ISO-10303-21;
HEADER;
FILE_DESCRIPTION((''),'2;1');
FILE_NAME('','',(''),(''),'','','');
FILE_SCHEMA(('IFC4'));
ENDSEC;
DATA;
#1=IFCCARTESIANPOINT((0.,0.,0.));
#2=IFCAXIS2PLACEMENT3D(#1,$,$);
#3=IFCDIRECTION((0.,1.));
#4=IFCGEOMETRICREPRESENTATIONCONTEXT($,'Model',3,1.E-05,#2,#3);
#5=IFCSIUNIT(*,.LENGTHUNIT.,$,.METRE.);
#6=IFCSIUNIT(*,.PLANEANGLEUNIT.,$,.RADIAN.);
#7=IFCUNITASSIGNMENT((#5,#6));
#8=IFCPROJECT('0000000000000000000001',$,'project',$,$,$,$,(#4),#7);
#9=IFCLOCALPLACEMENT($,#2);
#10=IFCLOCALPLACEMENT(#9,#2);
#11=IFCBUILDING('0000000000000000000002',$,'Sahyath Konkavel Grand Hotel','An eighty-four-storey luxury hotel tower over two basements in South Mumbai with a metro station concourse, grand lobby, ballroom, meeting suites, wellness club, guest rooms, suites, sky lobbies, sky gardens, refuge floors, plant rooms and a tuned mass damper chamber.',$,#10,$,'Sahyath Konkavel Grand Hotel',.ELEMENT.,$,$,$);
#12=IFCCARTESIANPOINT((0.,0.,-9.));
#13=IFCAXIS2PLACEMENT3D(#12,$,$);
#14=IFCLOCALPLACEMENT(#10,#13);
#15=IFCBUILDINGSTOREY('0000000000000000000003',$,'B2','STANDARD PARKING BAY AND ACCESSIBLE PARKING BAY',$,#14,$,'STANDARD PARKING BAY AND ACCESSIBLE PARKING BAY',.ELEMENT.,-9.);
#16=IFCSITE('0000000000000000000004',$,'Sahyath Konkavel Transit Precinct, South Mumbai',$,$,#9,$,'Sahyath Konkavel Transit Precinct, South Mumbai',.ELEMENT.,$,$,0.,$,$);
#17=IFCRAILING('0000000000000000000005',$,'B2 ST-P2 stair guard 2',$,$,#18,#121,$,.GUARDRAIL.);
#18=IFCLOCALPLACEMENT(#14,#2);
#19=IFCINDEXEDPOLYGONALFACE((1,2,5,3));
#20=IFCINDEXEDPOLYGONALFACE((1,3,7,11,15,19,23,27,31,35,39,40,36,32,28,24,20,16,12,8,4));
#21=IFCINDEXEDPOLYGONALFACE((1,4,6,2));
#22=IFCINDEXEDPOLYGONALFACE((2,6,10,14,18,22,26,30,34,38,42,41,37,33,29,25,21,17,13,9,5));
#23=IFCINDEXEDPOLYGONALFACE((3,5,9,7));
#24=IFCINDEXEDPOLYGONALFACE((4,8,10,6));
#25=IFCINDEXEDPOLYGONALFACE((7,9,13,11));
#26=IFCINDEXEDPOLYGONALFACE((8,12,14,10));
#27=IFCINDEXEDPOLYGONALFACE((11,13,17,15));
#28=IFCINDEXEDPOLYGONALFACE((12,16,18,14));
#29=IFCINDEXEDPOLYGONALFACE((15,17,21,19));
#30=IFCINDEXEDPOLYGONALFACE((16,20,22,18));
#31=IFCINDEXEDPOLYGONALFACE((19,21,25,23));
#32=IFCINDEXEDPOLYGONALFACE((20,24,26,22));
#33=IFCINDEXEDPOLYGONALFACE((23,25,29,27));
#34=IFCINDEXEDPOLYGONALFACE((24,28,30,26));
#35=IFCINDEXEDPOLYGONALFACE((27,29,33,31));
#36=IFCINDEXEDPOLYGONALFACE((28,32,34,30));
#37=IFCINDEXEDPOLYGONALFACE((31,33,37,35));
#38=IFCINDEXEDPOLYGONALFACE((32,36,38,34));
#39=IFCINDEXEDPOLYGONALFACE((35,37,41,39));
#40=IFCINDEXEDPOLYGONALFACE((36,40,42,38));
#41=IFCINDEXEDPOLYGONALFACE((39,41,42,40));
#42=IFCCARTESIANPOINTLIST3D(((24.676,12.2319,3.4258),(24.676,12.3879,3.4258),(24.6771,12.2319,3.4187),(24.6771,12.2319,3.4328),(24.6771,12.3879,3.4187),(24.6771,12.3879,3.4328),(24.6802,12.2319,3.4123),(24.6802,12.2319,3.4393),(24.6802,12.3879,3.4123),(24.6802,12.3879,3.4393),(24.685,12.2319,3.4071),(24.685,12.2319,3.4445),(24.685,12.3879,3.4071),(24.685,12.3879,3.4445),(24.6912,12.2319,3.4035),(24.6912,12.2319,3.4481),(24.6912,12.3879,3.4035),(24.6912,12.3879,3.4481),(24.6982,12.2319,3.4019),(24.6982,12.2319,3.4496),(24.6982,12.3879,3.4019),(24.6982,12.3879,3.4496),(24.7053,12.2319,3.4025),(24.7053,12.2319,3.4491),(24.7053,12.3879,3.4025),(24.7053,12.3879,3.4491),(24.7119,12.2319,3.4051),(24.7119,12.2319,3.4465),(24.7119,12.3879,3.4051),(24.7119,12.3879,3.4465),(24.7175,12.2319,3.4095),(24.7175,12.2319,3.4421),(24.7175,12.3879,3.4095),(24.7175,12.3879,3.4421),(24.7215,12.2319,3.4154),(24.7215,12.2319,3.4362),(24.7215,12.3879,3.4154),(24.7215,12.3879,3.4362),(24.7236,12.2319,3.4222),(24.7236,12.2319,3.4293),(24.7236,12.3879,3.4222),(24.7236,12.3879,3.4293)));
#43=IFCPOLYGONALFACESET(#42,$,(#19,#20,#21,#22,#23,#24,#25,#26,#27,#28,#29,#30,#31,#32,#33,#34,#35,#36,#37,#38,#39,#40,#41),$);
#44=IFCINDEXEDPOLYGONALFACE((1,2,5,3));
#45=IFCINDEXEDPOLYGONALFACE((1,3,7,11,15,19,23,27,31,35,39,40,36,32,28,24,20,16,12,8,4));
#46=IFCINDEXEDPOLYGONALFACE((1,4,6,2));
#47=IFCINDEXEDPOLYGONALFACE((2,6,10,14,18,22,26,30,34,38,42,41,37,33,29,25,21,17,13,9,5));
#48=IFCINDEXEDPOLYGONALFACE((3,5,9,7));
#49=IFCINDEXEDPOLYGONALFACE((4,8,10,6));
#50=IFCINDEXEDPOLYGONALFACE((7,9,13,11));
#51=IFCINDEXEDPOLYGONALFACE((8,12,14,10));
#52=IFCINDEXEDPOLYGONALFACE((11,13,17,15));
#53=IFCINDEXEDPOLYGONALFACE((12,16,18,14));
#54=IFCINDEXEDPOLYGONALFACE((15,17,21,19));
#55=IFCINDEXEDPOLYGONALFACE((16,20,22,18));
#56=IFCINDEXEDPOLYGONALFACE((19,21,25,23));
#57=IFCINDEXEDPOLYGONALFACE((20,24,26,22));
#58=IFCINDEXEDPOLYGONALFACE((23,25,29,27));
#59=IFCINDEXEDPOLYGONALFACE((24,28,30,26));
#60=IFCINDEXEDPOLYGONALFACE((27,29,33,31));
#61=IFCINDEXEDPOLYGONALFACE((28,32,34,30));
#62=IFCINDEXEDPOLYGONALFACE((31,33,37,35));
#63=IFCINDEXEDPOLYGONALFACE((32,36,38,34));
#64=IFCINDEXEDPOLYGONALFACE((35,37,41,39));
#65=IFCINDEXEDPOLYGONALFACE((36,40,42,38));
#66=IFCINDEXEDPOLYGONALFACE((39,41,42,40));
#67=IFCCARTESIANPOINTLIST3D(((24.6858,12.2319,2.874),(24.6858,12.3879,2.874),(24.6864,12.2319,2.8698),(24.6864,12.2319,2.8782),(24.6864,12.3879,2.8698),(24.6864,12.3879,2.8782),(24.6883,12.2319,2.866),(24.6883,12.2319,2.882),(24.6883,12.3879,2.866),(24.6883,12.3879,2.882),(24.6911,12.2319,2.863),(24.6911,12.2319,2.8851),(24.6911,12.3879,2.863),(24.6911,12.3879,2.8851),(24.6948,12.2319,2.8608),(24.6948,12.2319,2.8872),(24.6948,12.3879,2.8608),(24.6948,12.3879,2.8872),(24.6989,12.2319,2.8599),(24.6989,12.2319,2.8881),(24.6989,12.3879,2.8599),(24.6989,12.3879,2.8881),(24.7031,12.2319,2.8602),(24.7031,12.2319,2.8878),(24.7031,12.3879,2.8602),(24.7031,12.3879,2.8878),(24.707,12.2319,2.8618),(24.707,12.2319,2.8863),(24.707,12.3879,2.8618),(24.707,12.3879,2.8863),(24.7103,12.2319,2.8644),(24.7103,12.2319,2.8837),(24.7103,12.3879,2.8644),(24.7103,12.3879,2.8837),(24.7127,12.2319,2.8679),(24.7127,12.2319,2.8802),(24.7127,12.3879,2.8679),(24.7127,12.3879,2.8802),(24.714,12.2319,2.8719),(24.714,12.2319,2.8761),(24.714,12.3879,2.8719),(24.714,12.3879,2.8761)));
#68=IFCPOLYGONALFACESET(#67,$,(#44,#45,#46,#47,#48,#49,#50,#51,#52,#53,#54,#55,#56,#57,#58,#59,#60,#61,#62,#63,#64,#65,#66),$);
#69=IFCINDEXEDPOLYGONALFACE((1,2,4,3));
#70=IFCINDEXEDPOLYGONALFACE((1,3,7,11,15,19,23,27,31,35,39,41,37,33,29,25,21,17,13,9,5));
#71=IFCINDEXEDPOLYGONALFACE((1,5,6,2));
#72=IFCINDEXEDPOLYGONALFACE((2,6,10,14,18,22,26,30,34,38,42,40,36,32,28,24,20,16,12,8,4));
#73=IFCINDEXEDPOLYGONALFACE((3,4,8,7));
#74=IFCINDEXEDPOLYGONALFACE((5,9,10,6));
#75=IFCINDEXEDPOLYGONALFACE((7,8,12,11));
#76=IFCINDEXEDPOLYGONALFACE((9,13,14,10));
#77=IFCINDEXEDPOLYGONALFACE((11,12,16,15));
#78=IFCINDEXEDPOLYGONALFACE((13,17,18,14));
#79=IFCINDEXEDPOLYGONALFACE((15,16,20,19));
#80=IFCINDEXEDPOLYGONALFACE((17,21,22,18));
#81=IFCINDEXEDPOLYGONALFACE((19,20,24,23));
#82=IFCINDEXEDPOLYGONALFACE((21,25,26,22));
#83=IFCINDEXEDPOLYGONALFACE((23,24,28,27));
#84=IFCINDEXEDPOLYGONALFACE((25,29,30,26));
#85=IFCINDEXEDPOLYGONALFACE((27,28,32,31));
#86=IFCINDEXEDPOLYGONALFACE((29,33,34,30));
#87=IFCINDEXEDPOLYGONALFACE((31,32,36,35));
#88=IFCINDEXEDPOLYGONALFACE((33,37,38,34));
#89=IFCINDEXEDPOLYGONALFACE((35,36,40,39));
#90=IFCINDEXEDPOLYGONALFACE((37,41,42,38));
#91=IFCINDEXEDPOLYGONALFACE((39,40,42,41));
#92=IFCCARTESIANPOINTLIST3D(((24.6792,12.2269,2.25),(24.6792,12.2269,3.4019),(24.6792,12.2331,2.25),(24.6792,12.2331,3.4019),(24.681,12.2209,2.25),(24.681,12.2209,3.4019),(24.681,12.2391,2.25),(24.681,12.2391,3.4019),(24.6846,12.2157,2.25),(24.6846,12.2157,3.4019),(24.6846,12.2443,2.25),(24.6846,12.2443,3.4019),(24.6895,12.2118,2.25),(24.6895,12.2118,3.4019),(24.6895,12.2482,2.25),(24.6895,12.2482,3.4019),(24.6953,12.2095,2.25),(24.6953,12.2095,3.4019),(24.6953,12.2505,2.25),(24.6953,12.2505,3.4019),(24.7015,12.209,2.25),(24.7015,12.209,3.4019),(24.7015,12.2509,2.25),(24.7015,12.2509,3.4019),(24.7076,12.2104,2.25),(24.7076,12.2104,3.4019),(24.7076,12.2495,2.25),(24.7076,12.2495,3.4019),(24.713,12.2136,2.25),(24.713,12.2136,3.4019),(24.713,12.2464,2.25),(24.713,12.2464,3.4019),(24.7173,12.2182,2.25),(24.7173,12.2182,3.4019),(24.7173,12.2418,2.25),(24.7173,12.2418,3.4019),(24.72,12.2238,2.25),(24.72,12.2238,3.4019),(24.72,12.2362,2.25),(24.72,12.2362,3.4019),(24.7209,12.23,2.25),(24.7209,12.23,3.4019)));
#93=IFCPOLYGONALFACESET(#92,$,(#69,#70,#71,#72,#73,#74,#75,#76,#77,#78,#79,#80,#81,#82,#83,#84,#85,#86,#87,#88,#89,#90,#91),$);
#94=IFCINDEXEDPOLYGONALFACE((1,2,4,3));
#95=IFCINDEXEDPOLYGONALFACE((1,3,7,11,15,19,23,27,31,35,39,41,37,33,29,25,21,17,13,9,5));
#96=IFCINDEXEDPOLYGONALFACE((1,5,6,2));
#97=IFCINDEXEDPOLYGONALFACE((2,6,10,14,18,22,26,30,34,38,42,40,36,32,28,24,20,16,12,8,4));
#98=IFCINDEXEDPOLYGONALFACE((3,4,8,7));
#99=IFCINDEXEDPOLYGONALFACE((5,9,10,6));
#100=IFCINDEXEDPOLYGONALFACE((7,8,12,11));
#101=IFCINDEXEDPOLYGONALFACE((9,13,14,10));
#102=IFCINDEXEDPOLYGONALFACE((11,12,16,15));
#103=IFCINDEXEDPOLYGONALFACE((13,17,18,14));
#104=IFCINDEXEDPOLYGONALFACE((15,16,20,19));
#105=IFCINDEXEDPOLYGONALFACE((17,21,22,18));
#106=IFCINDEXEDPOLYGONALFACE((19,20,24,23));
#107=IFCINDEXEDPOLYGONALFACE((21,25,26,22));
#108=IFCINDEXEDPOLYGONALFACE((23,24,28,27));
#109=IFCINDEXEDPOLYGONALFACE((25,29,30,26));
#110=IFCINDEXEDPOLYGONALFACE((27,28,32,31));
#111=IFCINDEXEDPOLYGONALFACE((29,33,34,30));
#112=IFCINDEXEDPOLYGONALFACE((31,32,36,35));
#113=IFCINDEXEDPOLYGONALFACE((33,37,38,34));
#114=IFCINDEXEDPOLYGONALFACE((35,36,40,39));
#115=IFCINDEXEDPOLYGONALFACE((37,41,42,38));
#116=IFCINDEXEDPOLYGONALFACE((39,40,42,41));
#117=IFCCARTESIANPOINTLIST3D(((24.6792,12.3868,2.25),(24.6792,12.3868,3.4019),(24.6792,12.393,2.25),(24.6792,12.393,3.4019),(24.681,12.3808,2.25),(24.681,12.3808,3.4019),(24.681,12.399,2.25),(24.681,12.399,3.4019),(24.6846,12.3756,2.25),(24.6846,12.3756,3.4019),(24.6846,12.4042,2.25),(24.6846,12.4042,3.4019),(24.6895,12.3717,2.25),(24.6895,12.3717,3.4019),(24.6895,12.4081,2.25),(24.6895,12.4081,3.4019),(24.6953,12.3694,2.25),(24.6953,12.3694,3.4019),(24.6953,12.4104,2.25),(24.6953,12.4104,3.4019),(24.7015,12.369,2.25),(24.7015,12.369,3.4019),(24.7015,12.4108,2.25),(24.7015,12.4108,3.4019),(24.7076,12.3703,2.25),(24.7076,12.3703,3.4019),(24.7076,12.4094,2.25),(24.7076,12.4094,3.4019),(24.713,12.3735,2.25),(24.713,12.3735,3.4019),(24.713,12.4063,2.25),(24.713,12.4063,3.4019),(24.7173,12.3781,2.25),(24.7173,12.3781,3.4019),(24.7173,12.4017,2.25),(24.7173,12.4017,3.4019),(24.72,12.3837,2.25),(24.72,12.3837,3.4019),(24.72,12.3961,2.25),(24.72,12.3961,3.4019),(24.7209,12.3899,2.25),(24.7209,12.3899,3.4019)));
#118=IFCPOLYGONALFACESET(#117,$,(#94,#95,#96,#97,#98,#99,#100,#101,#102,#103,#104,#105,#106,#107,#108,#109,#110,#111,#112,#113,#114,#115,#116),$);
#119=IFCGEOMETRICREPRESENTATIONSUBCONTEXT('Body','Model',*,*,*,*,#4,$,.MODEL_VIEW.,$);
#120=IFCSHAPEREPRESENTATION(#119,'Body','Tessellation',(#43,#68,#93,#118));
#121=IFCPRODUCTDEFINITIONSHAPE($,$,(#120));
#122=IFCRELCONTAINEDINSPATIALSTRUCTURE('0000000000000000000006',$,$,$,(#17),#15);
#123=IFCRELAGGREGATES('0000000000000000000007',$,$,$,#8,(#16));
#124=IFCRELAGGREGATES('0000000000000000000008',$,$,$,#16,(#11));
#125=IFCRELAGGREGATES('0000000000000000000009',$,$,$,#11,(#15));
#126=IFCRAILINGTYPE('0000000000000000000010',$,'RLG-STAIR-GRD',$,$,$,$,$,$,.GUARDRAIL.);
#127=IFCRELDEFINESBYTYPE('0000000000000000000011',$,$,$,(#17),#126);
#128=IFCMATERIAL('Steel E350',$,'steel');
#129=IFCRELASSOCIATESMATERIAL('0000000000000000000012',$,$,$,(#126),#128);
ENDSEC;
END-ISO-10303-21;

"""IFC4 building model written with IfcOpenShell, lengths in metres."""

from ifc_helpers import new_model, si_unit, direction, frame, origin, origin_2d, place, context, subcontext, project, spatial, circle, extrude, material, type_object, element, save


model = new_model("IFC4")

# Units and contexts
model_context = context("Model", 3, precision=1e-05, world=origin(), true_north=direction((0.0, 1.0)))
body_context = subcontext(model_context, "Body", "Model", "MODEL_VIEW")
ifc_project = project(units=[si_unit("LENGTHUNIT", "METRE"), si_unit("PLANEANGLEUNIT", "RADIAN")], contexts=[model_context])

# Site, building, storey
site_placement = place(None, origin())
site = spatial("IfcSite", under=ifc_project, at=site_placement, Name="Sahyath Konkavel Transit Precinct, South Mumbai", LongName="Sahyath Konkavel Transit Precinct, South Mumbai", CompositionType="ELEMENT", RefElevation=0.0)
building_placement = place(site_placement, origin())
building = spatial("IfcBuilding", under=site, at=building_placement, Name="Sahyath Konkavel Grand Hotel", Description="An eighty-four-storey luxury hotel tower over two basements in South Mumbai with a metro station concourse, grand lobby, ballroom, meeting suites, wellness club, guest rooms, suites, sky lobbies, sky gardens, refuge floors, plant rooms and a tuned mass damper chamber.", LongName="Sahyath Konkavel Grand Hotel", CompositionType="ELEMENT")
storey_placement = place(building_placement, frame((0.0, 0.0, -9.0)))
storey = spatial("IfcBuildingStorey", under=building, at=storey_placement, Name="B2", Description="STANDARD PARKING BAY AND ACCESSIBLE PARKING BAY", LongName="STANDARD PARKING BAY AND ACCESSIBLE PARKING BAY", CompositionType="ELEMENT", Elevation=-9.0)

# Shared definitions
ifc_material_1 = material(Name="Steel E350", Category="steel")

# Railing
railing_type_1 = type_object("IfcRailingType", Name="RLG-STAIR-GRD", PredefinedType="GUARDRAIL", material=ifc_material_1)
railing_1_placement = place(storey_placement, frame((24.7, 12.23, 2.25)))
element("IfcRailing", 1, at=railing_1_placement, inside=storey, type_object=railing_type_1, Name="B2 ST-P2 stair guard 2", PredefinedType="GUARDRAIL", context=body_context, shape_type="SweptSolid", body=[
    extrude(circle(Radius=0.0239, at=origin_2d()), frame((0.0, 0.002, 1.1758), z_axis=(0.0, 1.0, 0.0), x_axis=(-1.0, 0.0, 0.0)), (0.0, 0.0, 1.0), 0.156),
    extrude(circle(Radius=0.0142, at=origin_2d()), frame((0.0, 0.002, 0.624), z_axis=(0.0, 1.0, 0.0), x_axis=(-1.0, 0.0, 0.0)), (0.0, 0.0, 1.0), 0.156),
    extrude(circle(Radius=0.021, at=origin_2d()), origin(), (0.0, 0.0, 1.0), 1.1519),
    extrude(circle(Radius=0.021, at=origin_2d()), frame((0.0, 0.1599, 0.0)), (0.0, 0.0, 1.0), 1.1519),
])

save(model, "model.ifc")
